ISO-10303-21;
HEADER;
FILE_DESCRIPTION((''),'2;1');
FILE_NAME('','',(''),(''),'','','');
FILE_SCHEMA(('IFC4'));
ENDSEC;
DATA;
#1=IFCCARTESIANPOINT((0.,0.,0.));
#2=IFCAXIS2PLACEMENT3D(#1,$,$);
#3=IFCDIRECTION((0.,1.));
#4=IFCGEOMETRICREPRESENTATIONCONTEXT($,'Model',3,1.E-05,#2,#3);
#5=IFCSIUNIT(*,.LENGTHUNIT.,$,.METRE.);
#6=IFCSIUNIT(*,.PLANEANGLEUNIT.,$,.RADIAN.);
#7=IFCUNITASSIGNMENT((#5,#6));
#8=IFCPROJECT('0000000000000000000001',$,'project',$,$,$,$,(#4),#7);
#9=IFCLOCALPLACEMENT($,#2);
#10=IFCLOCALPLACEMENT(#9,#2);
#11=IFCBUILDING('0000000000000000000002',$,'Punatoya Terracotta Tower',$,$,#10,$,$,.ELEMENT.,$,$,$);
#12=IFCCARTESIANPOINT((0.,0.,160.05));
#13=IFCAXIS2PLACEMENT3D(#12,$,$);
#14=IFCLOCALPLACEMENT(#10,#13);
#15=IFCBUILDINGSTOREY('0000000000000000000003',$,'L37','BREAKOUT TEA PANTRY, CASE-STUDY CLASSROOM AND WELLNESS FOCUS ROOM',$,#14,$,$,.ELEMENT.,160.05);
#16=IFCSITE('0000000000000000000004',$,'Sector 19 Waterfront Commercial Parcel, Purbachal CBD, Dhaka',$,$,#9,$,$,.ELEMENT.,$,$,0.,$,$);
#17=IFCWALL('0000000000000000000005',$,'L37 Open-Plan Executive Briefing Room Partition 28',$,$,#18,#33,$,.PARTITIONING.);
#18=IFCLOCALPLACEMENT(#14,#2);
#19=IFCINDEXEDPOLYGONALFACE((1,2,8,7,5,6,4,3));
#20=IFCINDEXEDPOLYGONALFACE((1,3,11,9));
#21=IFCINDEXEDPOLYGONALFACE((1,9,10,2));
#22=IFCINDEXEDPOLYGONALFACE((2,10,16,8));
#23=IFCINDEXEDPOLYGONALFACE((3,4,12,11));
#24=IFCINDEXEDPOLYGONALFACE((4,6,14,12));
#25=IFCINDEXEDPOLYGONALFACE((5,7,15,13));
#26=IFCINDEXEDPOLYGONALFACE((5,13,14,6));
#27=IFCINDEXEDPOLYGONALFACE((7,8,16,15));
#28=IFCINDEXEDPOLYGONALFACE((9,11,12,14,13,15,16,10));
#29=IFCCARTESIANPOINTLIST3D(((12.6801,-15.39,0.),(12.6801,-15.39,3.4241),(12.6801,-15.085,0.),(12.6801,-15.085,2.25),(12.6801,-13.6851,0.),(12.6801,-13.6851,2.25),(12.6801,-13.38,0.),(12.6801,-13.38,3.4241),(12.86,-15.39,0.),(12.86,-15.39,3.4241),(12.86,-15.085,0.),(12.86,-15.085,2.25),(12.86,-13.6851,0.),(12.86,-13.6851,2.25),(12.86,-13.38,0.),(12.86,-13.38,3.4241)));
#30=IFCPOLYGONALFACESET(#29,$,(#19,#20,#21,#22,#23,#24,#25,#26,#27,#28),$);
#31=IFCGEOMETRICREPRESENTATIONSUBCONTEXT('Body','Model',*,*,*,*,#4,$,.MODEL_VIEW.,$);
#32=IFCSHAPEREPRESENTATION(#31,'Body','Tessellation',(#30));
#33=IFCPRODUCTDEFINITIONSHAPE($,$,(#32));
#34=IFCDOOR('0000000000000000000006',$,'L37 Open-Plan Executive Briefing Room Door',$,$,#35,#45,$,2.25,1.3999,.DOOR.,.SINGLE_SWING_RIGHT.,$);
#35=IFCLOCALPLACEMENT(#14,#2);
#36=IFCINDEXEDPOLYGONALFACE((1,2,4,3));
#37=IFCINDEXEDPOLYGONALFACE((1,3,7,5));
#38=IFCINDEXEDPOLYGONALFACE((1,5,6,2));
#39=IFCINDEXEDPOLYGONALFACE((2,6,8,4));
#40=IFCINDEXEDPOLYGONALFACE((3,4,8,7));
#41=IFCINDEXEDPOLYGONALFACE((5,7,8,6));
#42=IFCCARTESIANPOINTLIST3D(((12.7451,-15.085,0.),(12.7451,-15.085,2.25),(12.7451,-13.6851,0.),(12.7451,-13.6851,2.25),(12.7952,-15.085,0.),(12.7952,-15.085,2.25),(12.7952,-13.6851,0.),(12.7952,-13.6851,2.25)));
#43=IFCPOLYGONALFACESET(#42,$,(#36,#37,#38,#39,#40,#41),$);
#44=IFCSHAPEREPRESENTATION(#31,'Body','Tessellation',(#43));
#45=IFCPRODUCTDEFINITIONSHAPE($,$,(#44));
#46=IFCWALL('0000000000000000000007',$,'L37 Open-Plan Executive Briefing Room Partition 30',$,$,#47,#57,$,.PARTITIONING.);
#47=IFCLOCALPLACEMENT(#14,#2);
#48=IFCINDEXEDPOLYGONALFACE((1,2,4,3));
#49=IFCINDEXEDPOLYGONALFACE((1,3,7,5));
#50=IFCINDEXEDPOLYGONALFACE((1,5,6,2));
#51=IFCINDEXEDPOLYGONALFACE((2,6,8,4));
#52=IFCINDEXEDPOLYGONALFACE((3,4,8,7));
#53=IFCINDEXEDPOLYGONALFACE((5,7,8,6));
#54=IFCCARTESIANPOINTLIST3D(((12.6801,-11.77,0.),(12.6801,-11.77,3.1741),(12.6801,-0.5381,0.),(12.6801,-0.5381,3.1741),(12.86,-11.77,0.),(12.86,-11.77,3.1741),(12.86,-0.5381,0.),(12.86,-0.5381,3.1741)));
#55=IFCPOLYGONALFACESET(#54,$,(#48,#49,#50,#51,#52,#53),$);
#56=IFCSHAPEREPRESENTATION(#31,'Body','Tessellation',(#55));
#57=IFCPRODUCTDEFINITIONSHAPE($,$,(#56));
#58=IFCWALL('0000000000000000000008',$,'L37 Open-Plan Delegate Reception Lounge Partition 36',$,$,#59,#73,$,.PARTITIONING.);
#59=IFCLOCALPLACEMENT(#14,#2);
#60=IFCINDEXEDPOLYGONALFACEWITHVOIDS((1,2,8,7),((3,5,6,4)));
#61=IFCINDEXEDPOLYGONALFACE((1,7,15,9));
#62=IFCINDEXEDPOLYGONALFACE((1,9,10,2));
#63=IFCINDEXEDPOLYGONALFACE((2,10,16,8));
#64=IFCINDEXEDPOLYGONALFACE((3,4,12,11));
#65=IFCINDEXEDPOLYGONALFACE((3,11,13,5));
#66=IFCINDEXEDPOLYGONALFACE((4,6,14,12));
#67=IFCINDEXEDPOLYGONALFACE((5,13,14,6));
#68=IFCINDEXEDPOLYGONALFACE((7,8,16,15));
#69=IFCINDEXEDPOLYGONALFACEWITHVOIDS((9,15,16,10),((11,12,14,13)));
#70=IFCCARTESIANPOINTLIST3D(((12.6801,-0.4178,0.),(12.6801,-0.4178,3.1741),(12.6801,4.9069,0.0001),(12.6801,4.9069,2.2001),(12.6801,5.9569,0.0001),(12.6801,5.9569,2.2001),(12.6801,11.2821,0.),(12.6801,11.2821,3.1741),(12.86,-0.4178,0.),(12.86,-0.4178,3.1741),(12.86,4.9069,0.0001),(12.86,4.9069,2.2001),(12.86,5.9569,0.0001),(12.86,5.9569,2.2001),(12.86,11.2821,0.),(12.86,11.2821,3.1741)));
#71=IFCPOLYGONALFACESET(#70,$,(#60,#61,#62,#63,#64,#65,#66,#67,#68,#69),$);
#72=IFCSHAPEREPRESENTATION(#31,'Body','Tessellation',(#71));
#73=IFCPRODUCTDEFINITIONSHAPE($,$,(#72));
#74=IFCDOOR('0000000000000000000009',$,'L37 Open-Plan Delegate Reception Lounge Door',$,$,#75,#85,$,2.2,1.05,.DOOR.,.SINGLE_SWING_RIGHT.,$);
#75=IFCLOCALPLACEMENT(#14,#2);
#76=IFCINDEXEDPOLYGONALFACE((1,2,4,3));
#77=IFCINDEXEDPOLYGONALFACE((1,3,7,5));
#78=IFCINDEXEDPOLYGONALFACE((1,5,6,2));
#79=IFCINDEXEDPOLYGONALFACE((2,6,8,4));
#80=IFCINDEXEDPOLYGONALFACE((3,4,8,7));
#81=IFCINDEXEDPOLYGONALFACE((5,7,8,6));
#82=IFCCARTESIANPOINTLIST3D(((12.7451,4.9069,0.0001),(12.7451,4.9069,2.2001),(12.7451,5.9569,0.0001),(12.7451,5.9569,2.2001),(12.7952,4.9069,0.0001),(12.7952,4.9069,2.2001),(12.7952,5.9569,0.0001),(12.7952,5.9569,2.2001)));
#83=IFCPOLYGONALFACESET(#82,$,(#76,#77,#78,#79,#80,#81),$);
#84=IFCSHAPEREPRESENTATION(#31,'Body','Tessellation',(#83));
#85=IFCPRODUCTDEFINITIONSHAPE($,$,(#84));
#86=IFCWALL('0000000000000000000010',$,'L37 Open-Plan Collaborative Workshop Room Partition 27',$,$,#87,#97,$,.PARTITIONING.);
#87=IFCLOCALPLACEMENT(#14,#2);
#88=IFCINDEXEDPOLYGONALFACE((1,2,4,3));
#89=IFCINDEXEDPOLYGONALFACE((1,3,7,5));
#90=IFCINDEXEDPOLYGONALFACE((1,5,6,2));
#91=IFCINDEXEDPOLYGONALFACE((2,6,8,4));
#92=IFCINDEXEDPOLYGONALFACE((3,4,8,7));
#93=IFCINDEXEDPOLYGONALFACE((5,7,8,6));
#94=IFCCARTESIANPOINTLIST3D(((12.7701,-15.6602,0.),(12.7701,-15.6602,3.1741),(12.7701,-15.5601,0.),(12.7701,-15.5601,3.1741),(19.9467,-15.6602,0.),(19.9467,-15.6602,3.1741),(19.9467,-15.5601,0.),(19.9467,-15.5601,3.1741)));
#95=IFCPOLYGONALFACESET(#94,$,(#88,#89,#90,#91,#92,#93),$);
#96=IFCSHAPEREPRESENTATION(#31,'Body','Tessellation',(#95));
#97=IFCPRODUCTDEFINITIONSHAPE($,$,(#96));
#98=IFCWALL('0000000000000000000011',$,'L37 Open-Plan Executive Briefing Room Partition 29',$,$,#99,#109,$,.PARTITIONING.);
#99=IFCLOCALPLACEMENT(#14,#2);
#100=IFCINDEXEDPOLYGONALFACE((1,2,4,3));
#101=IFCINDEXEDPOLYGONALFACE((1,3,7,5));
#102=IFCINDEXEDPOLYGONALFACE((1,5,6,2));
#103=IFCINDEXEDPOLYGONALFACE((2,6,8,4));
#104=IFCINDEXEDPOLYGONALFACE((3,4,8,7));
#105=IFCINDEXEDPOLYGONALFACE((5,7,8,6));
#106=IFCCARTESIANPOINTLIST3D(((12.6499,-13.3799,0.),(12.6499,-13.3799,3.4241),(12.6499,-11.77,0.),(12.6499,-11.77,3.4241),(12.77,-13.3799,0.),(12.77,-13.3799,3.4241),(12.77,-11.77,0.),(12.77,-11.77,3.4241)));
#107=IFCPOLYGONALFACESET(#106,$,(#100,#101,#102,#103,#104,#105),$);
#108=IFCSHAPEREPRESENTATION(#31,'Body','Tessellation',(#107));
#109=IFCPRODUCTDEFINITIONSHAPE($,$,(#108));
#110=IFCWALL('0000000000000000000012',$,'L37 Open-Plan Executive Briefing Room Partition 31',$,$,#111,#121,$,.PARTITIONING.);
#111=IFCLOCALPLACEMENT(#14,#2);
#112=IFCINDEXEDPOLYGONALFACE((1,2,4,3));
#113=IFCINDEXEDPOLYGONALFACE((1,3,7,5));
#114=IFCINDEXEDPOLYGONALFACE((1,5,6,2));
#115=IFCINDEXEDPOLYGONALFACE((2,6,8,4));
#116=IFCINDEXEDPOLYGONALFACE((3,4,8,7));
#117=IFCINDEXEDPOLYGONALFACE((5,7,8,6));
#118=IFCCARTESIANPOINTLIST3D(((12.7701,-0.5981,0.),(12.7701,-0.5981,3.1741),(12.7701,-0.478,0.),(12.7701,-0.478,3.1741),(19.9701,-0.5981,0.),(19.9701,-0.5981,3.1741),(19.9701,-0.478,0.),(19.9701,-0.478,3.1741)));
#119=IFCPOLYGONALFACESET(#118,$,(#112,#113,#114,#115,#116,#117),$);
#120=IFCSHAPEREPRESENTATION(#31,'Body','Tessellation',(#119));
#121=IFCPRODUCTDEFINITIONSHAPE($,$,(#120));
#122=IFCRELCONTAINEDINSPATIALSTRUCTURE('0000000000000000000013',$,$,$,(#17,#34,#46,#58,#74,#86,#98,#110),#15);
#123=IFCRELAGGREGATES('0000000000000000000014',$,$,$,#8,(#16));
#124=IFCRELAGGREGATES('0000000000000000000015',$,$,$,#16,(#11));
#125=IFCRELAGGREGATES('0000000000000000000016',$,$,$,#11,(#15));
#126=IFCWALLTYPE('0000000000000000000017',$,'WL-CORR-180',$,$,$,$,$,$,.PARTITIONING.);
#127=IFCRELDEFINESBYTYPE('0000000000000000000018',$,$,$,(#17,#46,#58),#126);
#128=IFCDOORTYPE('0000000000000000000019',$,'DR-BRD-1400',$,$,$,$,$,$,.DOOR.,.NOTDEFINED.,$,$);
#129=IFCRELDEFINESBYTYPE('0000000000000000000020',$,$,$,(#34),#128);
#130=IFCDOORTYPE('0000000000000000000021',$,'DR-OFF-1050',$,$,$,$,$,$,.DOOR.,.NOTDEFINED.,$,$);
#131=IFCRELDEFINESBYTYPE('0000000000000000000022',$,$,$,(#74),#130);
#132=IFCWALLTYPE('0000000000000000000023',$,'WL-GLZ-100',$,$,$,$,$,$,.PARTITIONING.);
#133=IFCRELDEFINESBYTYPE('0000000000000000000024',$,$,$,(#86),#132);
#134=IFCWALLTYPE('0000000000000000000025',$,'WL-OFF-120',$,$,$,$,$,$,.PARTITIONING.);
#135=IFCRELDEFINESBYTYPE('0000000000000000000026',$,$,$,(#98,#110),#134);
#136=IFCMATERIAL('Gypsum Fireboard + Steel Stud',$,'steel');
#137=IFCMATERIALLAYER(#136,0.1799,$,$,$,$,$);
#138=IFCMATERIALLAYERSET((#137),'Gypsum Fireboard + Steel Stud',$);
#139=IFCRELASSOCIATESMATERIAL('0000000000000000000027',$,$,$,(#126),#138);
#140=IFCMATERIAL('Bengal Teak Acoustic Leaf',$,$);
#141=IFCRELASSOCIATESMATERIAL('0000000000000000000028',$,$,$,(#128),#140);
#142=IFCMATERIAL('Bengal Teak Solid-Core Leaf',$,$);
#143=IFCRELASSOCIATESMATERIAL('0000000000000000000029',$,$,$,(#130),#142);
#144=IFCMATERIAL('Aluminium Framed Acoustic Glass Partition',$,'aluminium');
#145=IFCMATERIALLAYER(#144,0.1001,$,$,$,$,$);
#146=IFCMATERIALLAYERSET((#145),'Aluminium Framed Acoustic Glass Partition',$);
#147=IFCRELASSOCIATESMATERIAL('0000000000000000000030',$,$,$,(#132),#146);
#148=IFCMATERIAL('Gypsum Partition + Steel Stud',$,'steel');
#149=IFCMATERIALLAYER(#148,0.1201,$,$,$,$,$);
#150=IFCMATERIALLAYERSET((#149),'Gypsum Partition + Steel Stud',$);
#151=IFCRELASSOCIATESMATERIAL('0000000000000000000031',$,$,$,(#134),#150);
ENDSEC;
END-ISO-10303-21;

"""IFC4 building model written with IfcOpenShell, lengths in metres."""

from ifc_helpers import new_model, si_unit, direction, frame, frame_2d, origin, place, context, subcontext, project, spatial, rectangle, extrude, material, layer, layer_set, type_object, element, fill, save


model = new_model("IFC4")

# Units and contexts
model_context = context("Model", 3, precision=1e-05, world=origin(), true_north=direction((0.0, 1.0)))
body_context = subcontext(model_context, "Body", "Model", "MODEL_VIEW")
ifc_project = project(units=[si_unit("LENGTHUNIT", "METRE"), si_unit("PLANEANGLEUNIT", "RADIAN")], contexts=[model_context])

# Site, building, storey
site_placement = place(None, origin())
site = spatial("IfcSite", under=ifc_project, at=site_placement, Name="Sector 19 Waterfront Commercial Parcel, Purbachal CBD, Dhaka", CompositionType="ELEMENT", RefElevation=0.0)
building_placement = place(site_placement, origin())
building = spatial("IfcBuilding", under=site, at=building_placement, Name="Punatoya Terracotta Tower", CompositionType="ELEMENT")
storey_placement = place(building_placement, frame((0.0, 0.0, 160.05)))
storey = spatial("IfcBuildingStorey", under=building, at=storey_placement, Name="L37", Description="BREAKOUT TEA PANTRY, CASE-STUDY CLASSROOM AND WELLNESS FOCUS ROOM", CompositionType="ELEMENT", Elevation=160.05)

# Wall, opening, door
ifc_material_1 = material(Name="Gypsum Fireboard + Steel Stud", Category="steel")
ifc_layer_1 = layer(ifc_material_1, 0.1799)
ifc_layer_set_1 = layer_set([ifc_layer_1], Name="Gypsum Fireboard + Steel Stud")
wall_type_1 = type_object("IfcWallType", Name="WL-CORR-180", PredefinedType="PARTITIONING", material=ifc_layer_set_1)
wall_1_placement = place(storey_placement, frame((12.77, -15.3899, 0.0), z_axis=(0.0, 0.0, 1.0), x_axis=(0.0, 1.0, 0.0)))
wall_1 = element("IfcWall", 1, at=wall_1_placement, inside=storey, type_object=wall_type_1, Name="L37 Open-Plan Executive Briefing Room Partition 28", PredefinedType="PARTITIONING", context=body_context, shape_type="SweptSolid", body=[
    extrude(rectangle(XDim=2.01, YDim=0.1799, at=frame_2d((1.0049, 0.0))), origin(), (0.0, 0.0, 1.0), 3.4241),
])
opening_1_placement = place(wall_1_placement, frame((0.3049, 0.0, 0.0)))
opening_1 = element("IfcOpeningElement", 2, at=opening_1_placement, cuts=wall_1, PredefinedType="OPENING", context=body_context, shape_type="SweptSolid", body=[
    extrude(rectangle(XDim=1.3999, YDim=2.25, at=frame_2d((0.7, 1.125))), frame((0.0, 0.0999, 0.0), z_axis=(0.0, -1.0, 0.0), x_axis=(1.0, 0.0, 0.0)), (0.0, 0.0, 1.0), 0.2),
])
ifc_material_2 = material(Name="Bengal Teak Acoustic Leaf")
door_type_1 = type_object("IfcDoorType", Name="DR-BRD-1400", OperationType="NOTDEFINED", PredefinedType="DOOR", material=ifc_material_2)
door_1_placement = place(opening_1_placement, origin())
door_1 = element("IfcDoor", 3, at=door_1_placement, inside=storey, type_object=door_type_1, Name="L37 Open-Plan Executive Briefing Room Door", OperationType="SINGLE_SWING_RIGHT", OverallHeight=2.25, OverallWidth=1.3999, PredefinedType="DOOR", context=body_context, shape_type="SweptSolid", body=[
    extrude(rectangle(XDim=1.3999, YDim=2.25, at=frame_2d((0.7, 1.125))), frame((0.0, 0.0249, 0.0), z_axis=(0.0, -1.0, 0.0), x_axis=(1.0, 0.0, 0.0)), (0.0, 0.0, 1.0), 0.05),
])
fill(opening_1, door_1)

# Wall
wall_2_placement = place(storey_placement, frame((12.77, -11.77, 0.0), z_axis=(0.0, 0.0, 1.0), x_axis=(0.0, 1.0, 0.0)))
element("IfcWall", 4, at=wall_2_placement, inside=storey, type_object=wall_type_1, Name="L37 Open-Plan Executive Briefing Room Partition 30", PredefinedType="PARTITIONING", context=body_context, shape_type="SweptSolid", body=[
    extrude(rectangle(XDim=11.2319, YDim=0.1799, at=frame_2d((5.616, 0.0))), origin(), (0.0, 0.0, 1.0), 3.1741),
])

# Wall, opening, door
wall_3_placement = place(storey_placement, frame((12.77, -0.418, 0.0), z_axis=(0.0, 0.0, 1.0), x_axis=(0.0, 1.0, 0.0)))
wall_3 = element("IfcWall", 5, at=wall_3_placement, inside=storey, type_object=wall_type_1, Name="L37 Open-Plan Delegate Reception Lounge Partition 36", PredefinedType="PARTITIONING", context=body_context, shape_type="SweptSolid", body=[
    extrude(rectangle(XDim=11.7, YDim=0.1799, at=frame_2d((5.8501, 0.0))), origin(), (0.0, 0.0, 1.0), 3.1741),
])
opening_2_placement = place(wall_3_placement, frame((5.325, 0.0, 0.0)))
opening_2 = element("IfcOpeningElement", 6, at=opening_2_placement, cuts=wall_3, PredefinedType="OPENING", context=body_context, shape_type="SweptSolid", body=[
    extrude(rectangle(XDim=1.05, YDim=2.2, at=frame_2d((0.5249, 1.1001))), frame((0.0, 0.0999, 0.0), z_axis=(0.0, -1.0, 0.0), x_axis=(1.0, 0.0, 0.0)), (0.0, 0.0, 1.0), 0.2),
])
ifc_material_3 = material(Name="Bengal Teak Solid-Core Leaf")
door_type_2 = type_object("IfcDoorType", Name="DR-OFF-1050", OperationType="NOTDEFINED", PredefinedType="DOOR", material=ifc_material_3)
door_2_placement = place(opening_2_placement, origin())
door_2 = element("IfcDoor", 7, at=door_2_placement, inside=storey, type_object=door_type_2, Name="L37 Open-Plan Delegate Reception Lounge Door", OperationType="SINGLE_SWING_RIGHT", OverallHeight=2.2, OverallWidth=1.05, PredefinedType="DOOR", context=body_context, shape_type="SweptSolid", body=[
    extrude(rectangle(XDim=1.05, YDim=2.2, at=frame_2d((0.5249, 1.1001))), frame((0.0, 0.0249, 0.0), z_axis=(0.0, -1.0, 0.0), x_axis=(1.0, 0.0, 0.0)), (0.0, 0.0, 1.0), 0.05),
])
fill(opening_2, door_2)

# Walls
ifc_material_4 = material(Name="Aluminium Framed Acoustic Glass Partition", Category="aluminium")
ifc_layer_2 = layer(ifc_material_4, 0.1001)
ifc_layer_set_2 = layer_set([ifc_layer_2], Name="Aluminium Framed Acoustic Glass Partition")
wall_type_2 = type_object("IfcWallType", Name="WL-GLZ-100", PredefinedType="PARTITIONING", material=ifc_layer_set_2)
wall_4_placement = place(storey_placement, frame((12.77, -15.6101, 0.0), z_axis=(0.0, 0.0, 1.0), x_axis=(1.0, 0.0, 0.0)))
element("IfcWall", 8, at=wall_4_placement, inside=storey, type_object=wall_type_2, Name="L37 Open-Plan Collaborative Workshop Room Partition 27", PredefinedType="PARTITIONING", context=body_context, shape_type="SweptSolid", body=[
    extrude(rectangle(XDim=7.1765, YDim=0.1001, at=frame_2d((3.5884, 0.0))), origin(), (0.0, 0.0, 1.0), 3.1741),
])
ifc_material_5 = material(Name="Gypsum Partition + Steel Stud", Category="steel")
ifc_layer_3 = layer(ifc_material_5, 0.1201)
ifc_layer_set_3 = layer_set([ifc_layer_3], Name="Gypsum Partition + Steel Stud")
wall_type_3 = type_object("IfcWallType", Name="WL-OFF-120", PredefinedType="PARTITIONING", material=ifc_layer_set_3)
wall_5_placement = place(storey_placement, frame((12.71, -13.3799, 0.0), z_axis=(0.0, 0.0, 1.0), x_axis=(0.0, 1.0, 0.0)))
element("IfcWall", 9, at=wall_5_placement, inside=storey, type_object=wall_type_3, Name="L37 Open-Plan Executive Briefing Room Partition 29", PredefinedType="PARTITIONING", context=body_context, shape_type="SweptSolid", body=[
    extrude(rectangle(XDim=1.6099, YDim=0.1201, at=frame_2d((0.8049, 0.0))), origin(), (0.0, 0.0, 1.0), 3.4241),
])
wall_6_placement = place(storey_placement, frame((12.77, -0.5381, 0.0), z_axis=(0.0, 0.0, 1.0), x_axis=(1.0, 0.0, 0.0)))
element("IfcWall", 10, at=wall_6_placement, inside=storey, type_object=wall_type_3, Name="L37 Open-Plan Executive Briefing Room Partition 31", PredefinedType="PARTITIONING", context=body_context, shape_type="SweptSolid", body=[
    extrude(rectangle(XDim=7.2, YDim=0.1201, at=frame_2d((3.6001, 0.0))), origin(), (0.0, 0.0, 1.0), 3.1741),
])

save(model, "model.ifc")
